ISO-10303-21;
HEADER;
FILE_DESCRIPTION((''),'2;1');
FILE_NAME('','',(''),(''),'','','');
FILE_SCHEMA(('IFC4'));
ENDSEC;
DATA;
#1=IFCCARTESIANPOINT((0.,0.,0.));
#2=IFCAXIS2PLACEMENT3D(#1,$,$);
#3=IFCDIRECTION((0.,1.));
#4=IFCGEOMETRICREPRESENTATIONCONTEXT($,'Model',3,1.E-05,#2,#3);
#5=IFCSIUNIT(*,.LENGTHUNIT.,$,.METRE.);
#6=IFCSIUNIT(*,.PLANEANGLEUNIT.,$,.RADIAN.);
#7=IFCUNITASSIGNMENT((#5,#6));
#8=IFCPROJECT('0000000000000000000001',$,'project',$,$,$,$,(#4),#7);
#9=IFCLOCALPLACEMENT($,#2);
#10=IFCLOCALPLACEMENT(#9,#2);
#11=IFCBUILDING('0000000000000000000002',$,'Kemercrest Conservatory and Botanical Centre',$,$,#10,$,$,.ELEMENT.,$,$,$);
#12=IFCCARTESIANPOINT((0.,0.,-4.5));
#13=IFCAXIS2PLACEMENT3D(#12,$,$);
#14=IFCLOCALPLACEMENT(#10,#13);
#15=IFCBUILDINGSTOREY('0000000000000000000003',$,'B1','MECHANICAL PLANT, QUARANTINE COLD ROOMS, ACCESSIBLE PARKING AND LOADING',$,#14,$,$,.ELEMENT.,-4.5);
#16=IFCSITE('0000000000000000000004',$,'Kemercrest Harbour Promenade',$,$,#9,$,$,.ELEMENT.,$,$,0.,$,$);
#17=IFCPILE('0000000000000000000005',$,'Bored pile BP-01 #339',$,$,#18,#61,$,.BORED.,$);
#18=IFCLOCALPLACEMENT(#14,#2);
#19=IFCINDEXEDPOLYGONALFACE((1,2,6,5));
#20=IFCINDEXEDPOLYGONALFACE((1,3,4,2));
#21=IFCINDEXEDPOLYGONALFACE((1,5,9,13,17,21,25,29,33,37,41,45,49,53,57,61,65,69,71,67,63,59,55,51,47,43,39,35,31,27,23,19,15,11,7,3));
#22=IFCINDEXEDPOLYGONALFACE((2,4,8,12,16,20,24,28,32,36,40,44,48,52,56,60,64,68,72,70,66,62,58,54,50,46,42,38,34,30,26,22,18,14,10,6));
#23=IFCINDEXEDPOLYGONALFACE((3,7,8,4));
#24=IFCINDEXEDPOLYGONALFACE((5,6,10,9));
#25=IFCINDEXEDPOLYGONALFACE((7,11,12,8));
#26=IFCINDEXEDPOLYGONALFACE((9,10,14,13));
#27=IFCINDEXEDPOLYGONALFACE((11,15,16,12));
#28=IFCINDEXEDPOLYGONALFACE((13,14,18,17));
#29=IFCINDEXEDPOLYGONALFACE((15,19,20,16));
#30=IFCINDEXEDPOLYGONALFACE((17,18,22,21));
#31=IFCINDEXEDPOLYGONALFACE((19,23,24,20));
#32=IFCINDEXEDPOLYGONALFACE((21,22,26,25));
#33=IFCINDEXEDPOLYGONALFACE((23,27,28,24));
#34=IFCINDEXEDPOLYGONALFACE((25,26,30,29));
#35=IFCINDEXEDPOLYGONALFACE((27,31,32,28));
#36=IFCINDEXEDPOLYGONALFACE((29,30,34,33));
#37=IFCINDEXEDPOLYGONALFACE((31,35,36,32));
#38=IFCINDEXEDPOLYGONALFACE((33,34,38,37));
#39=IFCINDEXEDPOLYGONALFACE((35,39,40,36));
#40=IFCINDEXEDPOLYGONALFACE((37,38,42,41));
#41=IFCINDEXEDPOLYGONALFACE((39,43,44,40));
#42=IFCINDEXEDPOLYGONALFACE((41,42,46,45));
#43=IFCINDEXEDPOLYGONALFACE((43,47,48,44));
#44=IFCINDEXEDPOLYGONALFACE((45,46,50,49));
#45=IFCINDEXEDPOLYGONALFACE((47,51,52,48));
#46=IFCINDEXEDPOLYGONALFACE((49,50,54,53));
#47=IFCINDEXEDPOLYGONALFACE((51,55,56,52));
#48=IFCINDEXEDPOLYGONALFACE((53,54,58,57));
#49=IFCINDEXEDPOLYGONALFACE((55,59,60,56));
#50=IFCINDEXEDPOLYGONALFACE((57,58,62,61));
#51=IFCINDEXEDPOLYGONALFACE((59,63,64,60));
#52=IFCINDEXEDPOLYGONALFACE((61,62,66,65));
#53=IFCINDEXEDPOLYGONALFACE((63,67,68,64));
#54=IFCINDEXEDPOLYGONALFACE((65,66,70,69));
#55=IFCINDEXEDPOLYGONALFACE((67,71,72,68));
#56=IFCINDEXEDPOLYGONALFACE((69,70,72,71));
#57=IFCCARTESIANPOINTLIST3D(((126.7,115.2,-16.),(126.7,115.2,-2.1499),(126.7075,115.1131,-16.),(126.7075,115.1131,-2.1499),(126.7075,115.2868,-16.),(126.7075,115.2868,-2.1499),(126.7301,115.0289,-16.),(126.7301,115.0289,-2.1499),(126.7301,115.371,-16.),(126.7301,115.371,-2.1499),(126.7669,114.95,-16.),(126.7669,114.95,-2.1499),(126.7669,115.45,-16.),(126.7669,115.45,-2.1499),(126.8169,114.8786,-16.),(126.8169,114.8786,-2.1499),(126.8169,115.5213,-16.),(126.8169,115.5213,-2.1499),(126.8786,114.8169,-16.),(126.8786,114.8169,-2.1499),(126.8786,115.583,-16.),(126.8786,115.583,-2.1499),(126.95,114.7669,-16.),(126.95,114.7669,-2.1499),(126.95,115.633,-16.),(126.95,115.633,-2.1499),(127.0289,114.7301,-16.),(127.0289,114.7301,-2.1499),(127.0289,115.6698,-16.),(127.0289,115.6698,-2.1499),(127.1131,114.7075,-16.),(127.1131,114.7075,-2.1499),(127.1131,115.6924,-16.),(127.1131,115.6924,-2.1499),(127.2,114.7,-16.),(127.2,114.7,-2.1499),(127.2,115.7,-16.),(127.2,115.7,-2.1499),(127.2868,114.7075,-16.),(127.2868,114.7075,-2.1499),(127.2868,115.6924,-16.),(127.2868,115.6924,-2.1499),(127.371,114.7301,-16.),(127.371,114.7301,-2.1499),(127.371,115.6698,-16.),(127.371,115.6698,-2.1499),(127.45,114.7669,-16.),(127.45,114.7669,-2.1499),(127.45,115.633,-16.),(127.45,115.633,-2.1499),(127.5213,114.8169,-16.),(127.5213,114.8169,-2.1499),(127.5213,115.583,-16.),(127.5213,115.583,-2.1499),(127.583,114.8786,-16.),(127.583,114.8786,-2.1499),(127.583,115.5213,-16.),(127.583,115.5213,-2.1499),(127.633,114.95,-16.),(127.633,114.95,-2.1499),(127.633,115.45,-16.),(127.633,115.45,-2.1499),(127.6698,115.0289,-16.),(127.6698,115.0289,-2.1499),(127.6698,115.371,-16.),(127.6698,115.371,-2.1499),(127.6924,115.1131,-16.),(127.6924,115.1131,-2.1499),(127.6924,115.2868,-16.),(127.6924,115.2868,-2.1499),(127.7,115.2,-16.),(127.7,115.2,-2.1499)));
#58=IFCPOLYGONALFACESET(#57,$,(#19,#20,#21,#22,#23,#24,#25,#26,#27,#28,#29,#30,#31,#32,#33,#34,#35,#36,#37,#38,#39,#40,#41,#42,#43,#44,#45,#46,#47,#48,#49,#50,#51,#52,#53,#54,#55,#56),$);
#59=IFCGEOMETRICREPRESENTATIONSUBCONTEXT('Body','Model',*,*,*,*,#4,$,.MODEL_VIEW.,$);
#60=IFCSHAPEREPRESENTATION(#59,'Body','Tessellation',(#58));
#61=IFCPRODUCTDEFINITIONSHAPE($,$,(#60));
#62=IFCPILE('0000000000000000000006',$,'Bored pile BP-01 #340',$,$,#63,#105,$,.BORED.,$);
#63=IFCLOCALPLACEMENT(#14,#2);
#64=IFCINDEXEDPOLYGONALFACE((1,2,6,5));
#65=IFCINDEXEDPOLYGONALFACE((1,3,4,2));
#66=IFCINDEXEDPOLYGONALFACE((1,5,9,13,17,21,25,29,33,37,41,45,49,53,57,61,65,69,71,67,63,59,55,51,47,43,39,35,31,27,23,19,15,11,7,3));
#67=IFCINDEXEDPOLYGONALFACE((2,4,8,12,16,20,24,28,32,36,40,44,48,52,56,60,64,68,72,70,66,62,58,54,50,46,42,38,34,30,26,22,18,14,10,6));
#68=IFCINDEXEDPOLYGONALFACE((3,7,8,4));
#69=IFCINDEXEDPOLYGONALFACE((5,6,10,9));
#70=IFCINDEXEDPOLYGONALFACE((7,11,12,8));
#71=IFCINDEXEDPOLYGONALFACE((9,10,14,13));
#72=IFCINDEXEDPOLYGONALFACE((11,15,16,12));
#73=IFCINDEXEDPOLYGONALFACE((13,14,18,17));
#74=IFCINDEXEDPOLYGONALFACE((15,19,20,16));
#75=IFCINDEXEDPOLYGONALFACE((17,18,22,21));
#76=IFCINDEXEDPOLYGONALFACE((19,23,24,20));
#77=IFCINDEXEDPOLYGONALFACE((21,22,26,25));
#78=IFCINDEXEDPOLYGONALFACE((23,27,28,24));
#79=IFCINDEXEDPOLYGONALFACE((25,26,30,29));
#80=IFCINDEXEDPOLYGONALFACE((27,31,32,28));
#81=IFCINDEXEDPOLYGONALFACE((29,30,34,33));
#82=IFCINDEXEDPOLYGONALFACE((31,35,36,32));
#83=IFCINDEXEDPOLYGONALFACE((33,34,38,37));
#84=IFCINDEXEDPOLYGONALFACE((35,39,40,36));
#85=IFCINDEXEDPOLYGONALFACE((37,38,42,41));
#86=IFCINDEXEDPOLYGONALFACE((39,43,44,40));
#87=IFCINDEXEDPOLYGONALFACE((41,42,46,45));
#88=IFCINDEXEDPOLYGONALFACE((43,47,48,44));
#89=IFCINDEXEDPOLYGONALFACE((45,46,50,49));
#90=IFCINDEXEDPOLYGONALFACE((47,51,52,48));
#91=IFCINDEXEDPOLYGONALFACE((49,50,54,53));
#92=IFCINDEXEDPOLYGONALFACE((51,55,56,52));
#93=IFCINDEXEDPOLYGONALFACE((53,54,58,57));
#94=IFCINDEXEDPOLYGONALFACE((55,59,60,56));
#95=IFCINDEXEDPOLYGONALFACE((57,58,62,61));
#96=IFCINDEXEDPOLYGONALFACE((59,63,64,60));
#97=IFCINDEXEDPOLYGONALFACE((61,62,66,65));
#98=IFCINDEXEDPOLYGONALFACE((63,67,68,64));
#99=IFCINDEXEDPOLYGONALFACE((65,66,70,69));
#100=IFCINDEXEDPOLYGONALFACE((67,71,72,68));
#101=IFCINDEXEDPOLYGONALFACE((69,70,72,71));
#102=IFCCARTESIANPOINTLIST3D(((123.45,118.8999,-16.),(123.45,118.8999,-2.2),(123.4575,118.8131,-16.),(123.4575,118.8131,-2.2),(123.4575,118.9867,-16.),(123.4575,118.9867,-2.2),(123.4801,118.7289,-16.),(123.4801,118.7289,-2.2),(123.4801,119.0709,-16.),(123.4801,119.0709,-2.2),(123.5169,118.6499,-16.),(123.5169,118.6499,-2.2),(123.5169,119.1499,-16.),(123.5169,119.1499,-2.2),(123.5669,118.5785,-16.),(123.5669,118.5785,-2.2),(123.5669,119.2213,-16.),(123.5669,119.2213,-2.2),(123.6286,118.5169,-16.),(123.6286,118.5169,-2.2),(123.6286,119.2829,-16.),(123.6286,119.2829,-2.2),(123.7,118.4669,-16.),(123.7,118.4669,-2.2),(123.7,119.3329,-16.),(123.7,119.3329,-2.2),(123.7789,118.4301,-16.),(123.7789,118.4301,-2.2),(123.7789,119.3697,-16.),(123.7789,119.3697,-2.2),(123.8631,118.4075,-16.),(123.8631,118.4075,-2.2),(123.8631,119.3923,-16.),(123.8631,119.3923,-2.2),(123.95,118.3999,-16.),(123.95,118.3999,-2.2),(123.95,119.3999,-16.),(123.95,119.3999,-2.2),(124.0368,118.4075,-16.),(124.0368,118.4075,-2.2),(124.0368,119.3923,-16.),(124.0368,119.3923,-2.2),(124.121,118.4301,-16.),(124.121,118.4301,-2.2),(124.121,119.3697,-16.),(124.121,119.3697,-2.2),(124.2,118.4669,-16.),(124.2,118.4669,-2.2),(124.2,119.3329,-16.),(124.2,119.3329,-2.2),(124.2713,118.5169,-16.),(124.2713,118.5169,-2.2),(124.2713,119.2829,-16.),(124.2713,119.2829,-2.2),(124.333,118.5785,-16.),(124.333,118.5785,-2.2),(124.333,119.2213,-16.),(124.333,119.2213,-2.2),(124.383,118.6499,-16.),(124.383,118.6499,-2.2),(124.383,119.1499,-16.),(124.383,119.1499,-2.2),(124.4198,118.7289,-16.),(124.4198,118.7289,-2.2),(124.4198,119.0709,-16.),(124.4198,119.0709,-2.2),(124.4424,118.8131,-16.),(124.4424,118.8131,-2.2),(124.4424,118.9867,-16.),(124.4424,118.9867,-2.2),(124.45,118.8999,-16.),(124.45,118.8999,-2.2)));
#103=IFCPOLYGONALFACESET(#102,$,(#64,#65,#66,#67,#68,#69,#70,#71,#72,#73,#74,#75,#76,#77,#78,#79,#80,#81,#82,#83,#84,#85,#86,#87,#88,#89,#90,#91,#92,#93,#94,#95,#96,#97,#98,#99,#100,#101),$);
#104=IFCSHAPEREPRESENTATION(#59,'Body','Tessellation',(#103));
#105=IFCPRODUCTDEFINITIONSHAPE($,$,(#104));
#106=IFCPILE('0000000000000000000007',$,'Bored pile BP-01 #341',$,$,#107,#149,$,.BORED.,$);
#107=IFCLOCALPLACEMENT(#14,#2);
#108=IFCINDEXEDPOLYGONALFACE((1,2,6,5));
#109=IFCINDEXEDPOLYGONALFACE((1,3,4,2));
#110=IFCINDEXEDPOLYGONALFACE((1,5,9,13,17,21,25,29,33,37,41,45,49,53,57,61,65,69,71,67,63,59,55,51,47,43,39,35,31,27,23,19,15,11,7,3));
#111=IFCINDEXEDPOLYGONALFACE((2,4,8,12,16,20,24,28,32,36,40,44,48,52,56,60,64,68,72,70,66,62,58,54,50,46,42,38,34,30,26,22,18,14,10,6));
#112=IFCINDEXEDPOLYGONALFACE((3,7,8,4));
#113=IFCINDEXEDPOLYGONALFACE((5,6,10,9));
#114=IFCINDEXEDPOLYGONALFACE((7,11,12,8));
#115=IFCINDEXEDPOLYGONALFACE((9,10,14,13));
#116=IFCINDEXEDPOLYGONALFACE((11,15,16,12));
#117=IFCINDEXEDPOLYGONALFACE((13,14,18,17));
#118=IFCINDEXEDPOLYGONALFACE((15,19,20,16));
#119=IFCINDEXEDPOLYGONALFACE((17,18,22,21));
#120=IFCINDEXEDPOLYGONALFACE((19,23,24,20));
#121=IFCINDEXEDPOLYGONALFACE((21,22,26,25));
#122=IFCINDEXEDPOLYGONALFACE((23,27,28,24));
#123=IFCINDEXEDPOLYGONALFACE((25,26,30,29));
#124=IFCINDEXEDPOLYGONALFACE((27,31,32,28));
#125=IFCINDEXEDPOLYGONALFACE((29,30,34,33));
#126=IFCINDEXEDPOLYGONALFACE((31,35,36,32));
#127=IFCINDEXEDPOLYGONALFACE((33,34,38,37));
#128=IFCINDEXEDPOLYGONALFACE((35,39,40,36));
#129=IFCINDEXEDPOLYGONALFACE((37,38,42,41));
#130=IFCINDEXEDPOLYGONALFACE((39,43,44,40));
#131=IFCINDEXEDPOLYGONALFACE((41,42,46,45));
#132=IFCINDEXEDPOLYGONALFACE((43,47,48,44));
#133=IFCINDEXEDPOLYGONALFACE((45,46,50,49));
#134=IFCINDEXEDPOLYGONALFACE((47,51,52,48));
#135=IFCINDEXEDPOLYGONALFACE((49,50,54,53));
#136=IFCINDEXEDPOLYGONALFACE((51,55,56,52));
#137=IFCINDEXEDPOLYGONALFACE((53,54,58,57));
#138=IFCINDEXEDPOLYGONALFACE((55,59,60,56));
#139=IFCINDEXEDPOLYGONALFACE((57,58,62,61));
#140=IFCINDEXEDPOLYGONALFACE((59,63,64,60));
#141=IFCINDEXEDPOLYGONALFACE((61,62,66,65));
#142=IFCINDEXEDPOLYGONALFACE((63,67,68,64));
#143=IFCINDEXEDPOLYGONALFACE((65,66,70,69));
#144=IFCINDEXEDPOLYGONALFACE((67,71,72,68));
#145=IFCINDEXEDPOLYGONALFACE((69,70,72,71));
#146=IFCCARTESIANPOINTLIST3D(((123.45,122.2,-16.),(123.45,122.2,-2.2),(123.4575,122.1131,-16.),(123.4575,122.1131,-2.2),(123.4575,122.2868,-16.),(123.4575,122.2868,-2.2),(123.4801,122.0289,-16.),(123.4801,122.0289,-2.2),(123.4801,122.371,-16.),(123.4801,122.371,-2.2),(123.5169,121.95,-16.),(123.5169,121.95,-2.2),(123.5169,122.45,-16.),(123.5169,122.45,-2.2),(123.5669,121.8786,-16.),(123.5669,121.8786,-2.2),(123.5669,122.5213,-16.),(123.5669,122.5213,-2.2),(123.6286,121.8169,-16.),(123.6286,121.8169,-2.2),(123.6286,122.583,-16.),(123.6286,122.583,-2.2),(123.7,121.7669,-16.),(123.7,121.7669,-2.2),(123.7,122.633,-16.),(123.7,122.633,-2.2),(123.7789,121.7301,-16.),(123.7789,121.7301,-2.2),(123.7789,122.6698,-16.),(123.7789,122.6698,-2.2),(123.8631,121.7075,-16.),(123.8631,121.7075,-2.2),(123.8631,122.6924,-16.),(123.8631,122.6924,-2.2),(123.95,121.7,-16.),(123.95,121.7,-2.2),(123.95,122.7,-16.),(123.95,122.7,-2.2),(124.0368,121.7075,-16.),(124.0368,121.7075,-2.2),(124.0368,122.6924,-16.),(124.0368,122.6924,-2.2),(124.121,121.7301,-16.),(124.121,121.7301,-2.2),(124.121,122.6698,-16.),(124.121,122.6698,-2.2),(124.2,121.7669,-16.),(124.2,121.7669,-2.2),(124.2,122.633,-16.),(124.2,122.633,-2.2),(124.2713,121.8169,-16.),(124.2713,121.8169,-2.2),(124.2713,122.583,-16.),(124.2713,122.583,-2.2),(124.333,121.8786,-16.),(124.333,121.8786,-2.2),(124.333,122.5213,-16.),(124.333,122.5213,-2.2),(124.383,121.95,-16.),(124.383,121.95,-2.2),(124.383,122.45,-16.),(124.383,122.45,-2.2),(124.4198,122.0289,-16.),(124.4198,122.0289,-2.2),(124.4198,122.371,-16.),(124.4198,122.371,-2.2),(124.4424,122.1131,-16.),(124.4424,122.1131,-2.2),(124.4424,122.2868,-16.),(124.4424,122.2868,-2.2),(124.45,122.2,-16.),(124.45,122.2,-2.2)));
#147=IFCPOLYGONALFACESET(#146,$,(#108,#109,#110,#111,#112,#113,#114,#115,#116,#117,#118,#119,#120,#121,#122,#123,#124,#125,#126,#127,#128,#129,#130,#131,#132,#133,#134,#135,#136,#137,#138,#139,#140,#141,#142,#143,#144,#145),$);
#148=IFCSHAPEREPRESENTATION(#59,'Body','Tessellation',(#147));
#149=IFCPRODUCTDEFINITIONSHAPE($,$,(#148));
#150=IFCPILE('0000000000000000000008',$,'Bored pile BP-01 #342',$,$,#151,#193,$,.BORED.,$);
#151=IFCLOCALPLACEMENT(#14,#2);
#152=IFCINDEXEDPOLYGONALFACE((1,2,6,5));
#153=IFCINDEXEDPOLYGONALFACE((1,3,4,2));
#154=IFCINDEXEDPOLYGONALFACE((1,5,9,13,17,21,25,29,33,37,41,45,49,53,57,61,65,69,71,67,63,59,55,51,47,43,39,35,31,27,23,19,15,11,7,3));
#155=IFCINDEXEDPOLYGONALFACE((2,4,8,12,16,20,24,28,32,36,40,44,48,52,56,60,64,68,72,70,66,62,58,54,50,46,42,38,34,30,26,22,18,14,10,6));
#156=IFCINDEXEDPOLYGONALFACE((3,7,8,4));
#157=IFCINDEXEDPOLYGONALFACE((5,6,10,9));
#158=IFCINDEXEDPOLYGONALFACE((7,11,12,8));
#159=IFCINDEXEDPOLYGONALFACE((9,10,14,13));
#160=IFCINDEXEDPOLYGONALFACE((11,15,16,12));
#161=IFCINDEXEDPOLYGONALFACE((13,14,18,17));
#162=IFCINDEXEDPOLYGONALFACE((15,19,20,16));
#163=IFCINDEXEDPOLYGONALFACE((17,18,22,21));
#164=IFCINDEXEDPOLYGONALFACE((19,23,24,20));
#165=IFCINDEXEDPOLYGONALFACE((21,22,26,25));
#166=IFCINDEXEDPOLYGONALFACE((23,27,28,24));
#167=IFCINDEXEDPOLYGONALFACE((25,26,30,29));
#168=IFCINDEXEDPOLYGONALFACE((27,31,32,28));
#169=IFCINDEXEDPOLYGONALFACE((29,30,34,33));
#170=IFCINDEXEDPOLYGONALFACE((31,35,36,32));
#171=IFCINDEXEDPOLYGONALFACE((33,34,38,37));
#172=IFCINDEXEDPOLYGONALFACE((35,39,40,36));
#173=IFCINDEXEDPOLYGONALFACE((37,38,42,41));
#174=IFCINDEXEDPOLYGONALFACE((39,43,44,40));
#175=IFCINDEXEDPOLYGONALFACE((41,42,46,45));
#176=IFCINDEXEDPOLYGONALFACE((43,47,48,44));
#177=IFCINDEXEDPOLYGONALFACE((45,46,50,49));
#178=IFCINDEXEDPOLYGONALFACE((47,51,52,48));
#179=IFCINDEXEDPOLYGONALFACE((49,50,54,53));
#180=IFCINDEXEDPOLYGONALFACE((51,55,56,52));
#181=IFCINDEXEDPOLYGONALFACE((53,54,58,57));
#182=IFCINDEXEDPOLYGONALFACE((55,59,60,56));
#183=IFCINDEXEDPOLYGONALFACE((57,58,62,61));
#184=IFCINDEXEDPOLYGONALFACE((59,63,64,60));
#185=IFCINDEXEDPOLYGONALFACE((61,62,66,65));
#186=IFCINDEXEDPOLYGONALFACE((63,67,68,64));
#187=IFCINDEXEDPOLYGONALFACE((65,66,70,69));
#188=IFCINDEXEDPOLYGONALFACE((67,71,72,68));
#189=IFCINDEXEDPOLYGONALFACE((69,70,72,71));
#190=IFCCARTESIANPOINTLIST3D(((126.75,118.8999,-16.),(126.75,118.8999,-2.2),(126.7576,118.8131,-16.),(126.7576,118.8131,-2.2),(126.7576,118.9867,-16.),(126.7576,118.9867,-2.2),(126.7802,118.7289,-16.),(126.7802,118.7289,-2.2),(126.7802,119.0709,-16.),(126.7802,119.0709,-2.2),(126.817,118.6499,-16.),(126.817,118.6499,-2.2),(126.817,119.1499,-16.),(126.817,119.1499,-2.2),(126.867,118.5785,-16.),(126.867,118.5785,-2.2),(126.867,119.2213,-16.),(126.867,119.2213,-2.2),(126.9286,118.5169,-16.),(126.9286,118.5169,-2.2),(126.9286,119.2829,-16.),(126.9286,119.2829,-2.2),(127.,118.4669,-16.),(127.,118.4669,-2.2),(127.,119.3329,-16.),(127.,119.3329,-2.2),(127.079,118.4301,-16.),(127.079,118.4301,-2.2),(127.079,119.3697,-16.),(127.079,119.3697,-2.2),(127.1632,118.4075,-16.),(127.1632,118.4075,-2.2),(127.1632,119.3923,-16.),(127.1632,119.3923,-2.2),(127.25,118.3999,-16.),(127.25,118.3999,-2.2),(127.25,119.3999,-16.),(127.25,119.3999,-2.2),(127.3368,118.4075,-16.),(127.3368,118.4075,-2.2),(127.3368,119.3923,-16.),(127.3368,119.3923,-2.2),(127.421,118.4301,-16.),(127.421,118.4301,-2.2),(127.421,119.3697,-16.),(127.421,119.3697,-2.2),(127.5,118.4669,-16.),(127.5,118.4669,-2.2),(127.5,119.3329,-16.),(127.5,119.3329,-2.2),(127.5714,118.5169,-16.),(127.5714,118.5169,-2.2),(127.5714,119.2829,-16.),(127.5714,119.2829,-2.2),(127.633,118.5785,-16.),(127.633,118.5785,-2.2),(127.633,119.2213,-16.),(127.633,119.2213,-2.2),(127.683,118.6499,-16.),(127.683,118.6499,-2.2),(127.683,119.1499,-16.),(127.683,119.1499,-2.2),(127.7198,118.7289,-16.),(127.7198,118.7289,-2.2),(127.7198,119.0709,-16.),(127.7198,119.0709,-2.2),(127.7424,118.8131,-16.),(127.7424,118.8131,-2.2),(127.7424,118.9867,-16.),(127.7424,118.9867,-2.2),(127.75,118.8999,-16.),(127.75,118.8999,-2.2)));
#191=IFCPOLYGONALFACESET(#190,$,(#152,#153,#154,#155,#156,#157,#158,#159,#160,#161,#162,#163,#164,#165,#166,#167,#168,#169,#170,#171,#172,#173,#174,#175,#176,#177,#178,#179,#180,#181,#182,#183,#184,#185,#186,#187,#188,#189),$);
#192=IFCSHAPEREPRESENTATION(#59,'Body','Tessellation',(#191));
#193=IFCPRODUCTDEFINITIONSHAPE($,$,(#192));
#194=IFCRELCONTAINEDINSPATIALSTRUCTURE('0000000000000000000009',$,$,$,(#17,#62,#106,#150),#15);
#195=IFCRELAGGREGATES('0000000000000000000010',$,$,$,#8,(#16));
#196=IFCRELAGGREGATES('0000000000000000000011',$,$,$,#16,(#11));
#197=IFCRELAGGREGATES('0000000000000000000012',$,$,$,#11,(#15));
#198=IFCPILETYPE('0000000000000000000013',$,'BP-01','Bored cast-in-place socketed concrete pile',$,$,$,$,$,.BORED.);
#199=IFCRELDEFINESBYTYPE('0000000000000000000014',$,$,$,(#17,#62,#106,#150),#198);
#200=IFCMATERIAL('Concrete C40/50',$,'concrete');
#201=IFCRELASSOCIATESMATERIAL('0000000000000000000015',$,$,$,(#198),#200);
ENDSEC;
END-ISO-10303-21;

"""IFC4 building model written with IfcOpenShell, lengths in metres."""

from ifc_helpers import new_model, si_unit, direction, frame, origin, origin_2d, place, context, subcontext, project, spatial, circle, extrude, material, material_profile, profile_set, type_object, element, save


model = new_model("IFC4")

# Units and contexts
model_context = context("Model", 3, precision=1e-05, world=origin(), true_north=direction((0.0, 1.0)))
body_context = subcontext(model_context, "Body", "Model", "MODEL_VIEW")
ifc_project = project(units=[si_unit("LENGTHUNIT", "METRE"), si_unit("PLANEANGLEUNIT", "RADIAN")], contexts=[model_context])

# Site, building, storey
site_placement = place(None, origin())
site = spatial("IfcSite", under=ifc_project, at=site_placement, Name="Kemercrest Harbour Promenade", CompositionType="ELEMENT", RefElevation=0.0)
building_placement = place(site_placement, origin())
building = spatial("IfcBuilding", under=site, at=building_placement, Name="Kemercrest Conservatory and Botanical Centre", CompositionType="ELEMENT")
storey_placement = place(building_placement, frame((0.0, 0.0, -4.5)))
storey = spatial("IfcBuildingStorey", under=building, at=storey_placement, Name="B1", Description="MECHANICAL PLANT, QUARANTINE COLD ROOMS, ACCESSIBLE PARKING AND LOADING", CompositionType="ELEMENT", Elevation=-4.5)

# Piles
ifc_material_1 = material(Name="Concrete C40/50", Category="concrete")
ifc_material_profile_1 = material_profile(ifc_material_1, circle(Radius=0.5, at=origin_2d()), Name="BORED PILE 1000")
ifc_profile_set_1 = profile_set([ifc_material_profile_1], Name="Concrete C40/50")
pile_type = type_object("IfcPileType", Name="BP-01", Description="Bored cast-in-place socketed concrete pile", PredefinedType="BORED", material=ifc_profile_set_1)
for number, where, z_axis, x_axis, name in (
    (1, (127.2, 115.2, -2.1499), (0.0, 0.0, -1.0), (1.0, 0.0, 0.0), "Bored pile BP-01 #339"),
):
    element("IfcPile", number, at=place(storey_placement, frame(where, z_axis=z_axis, x_axis=x_axis)), inside=storey, type_object=pile_type, Name=name, PredefinedType="BORED", context=body_context, shape_type="SweptSolid", body=[
        extrude(circle(Radius=0.5, at=origin_2d()), origin(), (0.0, 0.0, 1.0), 13.8501),
    ])
for number, where, z_axis, x_axis, name in (
    (2, (123.95, 118.8999, -2.2), (0.0, 0.0, -1.0), (1.0, 0.0, 0.0), "Bored pile BP-01 #340"),
    (3, (123.95, 122.2, -2.2), (0.0, 0.0, -1.0), (1.0, 0.0, 0.0), "Bored pile BP-01 #341"),
    (4, (127.25, 118.8999, -2.2), (0.0, 0.0, -1.0), (1.0, 0.0, 0.0), "Bored pile BP-01 #342"),
):
    element("IfcPile", number, at=place(storey_placement, frame(where, z_axis=z_axis, x_axis=x_axis)), inside=storey, type_object=pile_type, Name=name, PredefinedType="BORED", context=body_context, shape_type="SweptSolid", body=[
        extrude(circle(Radius=0.5, at=origin_2d()), origin(), (0.0, 0.0, 1.0), 13.8),
    ])

save(model, "model.ifc")
